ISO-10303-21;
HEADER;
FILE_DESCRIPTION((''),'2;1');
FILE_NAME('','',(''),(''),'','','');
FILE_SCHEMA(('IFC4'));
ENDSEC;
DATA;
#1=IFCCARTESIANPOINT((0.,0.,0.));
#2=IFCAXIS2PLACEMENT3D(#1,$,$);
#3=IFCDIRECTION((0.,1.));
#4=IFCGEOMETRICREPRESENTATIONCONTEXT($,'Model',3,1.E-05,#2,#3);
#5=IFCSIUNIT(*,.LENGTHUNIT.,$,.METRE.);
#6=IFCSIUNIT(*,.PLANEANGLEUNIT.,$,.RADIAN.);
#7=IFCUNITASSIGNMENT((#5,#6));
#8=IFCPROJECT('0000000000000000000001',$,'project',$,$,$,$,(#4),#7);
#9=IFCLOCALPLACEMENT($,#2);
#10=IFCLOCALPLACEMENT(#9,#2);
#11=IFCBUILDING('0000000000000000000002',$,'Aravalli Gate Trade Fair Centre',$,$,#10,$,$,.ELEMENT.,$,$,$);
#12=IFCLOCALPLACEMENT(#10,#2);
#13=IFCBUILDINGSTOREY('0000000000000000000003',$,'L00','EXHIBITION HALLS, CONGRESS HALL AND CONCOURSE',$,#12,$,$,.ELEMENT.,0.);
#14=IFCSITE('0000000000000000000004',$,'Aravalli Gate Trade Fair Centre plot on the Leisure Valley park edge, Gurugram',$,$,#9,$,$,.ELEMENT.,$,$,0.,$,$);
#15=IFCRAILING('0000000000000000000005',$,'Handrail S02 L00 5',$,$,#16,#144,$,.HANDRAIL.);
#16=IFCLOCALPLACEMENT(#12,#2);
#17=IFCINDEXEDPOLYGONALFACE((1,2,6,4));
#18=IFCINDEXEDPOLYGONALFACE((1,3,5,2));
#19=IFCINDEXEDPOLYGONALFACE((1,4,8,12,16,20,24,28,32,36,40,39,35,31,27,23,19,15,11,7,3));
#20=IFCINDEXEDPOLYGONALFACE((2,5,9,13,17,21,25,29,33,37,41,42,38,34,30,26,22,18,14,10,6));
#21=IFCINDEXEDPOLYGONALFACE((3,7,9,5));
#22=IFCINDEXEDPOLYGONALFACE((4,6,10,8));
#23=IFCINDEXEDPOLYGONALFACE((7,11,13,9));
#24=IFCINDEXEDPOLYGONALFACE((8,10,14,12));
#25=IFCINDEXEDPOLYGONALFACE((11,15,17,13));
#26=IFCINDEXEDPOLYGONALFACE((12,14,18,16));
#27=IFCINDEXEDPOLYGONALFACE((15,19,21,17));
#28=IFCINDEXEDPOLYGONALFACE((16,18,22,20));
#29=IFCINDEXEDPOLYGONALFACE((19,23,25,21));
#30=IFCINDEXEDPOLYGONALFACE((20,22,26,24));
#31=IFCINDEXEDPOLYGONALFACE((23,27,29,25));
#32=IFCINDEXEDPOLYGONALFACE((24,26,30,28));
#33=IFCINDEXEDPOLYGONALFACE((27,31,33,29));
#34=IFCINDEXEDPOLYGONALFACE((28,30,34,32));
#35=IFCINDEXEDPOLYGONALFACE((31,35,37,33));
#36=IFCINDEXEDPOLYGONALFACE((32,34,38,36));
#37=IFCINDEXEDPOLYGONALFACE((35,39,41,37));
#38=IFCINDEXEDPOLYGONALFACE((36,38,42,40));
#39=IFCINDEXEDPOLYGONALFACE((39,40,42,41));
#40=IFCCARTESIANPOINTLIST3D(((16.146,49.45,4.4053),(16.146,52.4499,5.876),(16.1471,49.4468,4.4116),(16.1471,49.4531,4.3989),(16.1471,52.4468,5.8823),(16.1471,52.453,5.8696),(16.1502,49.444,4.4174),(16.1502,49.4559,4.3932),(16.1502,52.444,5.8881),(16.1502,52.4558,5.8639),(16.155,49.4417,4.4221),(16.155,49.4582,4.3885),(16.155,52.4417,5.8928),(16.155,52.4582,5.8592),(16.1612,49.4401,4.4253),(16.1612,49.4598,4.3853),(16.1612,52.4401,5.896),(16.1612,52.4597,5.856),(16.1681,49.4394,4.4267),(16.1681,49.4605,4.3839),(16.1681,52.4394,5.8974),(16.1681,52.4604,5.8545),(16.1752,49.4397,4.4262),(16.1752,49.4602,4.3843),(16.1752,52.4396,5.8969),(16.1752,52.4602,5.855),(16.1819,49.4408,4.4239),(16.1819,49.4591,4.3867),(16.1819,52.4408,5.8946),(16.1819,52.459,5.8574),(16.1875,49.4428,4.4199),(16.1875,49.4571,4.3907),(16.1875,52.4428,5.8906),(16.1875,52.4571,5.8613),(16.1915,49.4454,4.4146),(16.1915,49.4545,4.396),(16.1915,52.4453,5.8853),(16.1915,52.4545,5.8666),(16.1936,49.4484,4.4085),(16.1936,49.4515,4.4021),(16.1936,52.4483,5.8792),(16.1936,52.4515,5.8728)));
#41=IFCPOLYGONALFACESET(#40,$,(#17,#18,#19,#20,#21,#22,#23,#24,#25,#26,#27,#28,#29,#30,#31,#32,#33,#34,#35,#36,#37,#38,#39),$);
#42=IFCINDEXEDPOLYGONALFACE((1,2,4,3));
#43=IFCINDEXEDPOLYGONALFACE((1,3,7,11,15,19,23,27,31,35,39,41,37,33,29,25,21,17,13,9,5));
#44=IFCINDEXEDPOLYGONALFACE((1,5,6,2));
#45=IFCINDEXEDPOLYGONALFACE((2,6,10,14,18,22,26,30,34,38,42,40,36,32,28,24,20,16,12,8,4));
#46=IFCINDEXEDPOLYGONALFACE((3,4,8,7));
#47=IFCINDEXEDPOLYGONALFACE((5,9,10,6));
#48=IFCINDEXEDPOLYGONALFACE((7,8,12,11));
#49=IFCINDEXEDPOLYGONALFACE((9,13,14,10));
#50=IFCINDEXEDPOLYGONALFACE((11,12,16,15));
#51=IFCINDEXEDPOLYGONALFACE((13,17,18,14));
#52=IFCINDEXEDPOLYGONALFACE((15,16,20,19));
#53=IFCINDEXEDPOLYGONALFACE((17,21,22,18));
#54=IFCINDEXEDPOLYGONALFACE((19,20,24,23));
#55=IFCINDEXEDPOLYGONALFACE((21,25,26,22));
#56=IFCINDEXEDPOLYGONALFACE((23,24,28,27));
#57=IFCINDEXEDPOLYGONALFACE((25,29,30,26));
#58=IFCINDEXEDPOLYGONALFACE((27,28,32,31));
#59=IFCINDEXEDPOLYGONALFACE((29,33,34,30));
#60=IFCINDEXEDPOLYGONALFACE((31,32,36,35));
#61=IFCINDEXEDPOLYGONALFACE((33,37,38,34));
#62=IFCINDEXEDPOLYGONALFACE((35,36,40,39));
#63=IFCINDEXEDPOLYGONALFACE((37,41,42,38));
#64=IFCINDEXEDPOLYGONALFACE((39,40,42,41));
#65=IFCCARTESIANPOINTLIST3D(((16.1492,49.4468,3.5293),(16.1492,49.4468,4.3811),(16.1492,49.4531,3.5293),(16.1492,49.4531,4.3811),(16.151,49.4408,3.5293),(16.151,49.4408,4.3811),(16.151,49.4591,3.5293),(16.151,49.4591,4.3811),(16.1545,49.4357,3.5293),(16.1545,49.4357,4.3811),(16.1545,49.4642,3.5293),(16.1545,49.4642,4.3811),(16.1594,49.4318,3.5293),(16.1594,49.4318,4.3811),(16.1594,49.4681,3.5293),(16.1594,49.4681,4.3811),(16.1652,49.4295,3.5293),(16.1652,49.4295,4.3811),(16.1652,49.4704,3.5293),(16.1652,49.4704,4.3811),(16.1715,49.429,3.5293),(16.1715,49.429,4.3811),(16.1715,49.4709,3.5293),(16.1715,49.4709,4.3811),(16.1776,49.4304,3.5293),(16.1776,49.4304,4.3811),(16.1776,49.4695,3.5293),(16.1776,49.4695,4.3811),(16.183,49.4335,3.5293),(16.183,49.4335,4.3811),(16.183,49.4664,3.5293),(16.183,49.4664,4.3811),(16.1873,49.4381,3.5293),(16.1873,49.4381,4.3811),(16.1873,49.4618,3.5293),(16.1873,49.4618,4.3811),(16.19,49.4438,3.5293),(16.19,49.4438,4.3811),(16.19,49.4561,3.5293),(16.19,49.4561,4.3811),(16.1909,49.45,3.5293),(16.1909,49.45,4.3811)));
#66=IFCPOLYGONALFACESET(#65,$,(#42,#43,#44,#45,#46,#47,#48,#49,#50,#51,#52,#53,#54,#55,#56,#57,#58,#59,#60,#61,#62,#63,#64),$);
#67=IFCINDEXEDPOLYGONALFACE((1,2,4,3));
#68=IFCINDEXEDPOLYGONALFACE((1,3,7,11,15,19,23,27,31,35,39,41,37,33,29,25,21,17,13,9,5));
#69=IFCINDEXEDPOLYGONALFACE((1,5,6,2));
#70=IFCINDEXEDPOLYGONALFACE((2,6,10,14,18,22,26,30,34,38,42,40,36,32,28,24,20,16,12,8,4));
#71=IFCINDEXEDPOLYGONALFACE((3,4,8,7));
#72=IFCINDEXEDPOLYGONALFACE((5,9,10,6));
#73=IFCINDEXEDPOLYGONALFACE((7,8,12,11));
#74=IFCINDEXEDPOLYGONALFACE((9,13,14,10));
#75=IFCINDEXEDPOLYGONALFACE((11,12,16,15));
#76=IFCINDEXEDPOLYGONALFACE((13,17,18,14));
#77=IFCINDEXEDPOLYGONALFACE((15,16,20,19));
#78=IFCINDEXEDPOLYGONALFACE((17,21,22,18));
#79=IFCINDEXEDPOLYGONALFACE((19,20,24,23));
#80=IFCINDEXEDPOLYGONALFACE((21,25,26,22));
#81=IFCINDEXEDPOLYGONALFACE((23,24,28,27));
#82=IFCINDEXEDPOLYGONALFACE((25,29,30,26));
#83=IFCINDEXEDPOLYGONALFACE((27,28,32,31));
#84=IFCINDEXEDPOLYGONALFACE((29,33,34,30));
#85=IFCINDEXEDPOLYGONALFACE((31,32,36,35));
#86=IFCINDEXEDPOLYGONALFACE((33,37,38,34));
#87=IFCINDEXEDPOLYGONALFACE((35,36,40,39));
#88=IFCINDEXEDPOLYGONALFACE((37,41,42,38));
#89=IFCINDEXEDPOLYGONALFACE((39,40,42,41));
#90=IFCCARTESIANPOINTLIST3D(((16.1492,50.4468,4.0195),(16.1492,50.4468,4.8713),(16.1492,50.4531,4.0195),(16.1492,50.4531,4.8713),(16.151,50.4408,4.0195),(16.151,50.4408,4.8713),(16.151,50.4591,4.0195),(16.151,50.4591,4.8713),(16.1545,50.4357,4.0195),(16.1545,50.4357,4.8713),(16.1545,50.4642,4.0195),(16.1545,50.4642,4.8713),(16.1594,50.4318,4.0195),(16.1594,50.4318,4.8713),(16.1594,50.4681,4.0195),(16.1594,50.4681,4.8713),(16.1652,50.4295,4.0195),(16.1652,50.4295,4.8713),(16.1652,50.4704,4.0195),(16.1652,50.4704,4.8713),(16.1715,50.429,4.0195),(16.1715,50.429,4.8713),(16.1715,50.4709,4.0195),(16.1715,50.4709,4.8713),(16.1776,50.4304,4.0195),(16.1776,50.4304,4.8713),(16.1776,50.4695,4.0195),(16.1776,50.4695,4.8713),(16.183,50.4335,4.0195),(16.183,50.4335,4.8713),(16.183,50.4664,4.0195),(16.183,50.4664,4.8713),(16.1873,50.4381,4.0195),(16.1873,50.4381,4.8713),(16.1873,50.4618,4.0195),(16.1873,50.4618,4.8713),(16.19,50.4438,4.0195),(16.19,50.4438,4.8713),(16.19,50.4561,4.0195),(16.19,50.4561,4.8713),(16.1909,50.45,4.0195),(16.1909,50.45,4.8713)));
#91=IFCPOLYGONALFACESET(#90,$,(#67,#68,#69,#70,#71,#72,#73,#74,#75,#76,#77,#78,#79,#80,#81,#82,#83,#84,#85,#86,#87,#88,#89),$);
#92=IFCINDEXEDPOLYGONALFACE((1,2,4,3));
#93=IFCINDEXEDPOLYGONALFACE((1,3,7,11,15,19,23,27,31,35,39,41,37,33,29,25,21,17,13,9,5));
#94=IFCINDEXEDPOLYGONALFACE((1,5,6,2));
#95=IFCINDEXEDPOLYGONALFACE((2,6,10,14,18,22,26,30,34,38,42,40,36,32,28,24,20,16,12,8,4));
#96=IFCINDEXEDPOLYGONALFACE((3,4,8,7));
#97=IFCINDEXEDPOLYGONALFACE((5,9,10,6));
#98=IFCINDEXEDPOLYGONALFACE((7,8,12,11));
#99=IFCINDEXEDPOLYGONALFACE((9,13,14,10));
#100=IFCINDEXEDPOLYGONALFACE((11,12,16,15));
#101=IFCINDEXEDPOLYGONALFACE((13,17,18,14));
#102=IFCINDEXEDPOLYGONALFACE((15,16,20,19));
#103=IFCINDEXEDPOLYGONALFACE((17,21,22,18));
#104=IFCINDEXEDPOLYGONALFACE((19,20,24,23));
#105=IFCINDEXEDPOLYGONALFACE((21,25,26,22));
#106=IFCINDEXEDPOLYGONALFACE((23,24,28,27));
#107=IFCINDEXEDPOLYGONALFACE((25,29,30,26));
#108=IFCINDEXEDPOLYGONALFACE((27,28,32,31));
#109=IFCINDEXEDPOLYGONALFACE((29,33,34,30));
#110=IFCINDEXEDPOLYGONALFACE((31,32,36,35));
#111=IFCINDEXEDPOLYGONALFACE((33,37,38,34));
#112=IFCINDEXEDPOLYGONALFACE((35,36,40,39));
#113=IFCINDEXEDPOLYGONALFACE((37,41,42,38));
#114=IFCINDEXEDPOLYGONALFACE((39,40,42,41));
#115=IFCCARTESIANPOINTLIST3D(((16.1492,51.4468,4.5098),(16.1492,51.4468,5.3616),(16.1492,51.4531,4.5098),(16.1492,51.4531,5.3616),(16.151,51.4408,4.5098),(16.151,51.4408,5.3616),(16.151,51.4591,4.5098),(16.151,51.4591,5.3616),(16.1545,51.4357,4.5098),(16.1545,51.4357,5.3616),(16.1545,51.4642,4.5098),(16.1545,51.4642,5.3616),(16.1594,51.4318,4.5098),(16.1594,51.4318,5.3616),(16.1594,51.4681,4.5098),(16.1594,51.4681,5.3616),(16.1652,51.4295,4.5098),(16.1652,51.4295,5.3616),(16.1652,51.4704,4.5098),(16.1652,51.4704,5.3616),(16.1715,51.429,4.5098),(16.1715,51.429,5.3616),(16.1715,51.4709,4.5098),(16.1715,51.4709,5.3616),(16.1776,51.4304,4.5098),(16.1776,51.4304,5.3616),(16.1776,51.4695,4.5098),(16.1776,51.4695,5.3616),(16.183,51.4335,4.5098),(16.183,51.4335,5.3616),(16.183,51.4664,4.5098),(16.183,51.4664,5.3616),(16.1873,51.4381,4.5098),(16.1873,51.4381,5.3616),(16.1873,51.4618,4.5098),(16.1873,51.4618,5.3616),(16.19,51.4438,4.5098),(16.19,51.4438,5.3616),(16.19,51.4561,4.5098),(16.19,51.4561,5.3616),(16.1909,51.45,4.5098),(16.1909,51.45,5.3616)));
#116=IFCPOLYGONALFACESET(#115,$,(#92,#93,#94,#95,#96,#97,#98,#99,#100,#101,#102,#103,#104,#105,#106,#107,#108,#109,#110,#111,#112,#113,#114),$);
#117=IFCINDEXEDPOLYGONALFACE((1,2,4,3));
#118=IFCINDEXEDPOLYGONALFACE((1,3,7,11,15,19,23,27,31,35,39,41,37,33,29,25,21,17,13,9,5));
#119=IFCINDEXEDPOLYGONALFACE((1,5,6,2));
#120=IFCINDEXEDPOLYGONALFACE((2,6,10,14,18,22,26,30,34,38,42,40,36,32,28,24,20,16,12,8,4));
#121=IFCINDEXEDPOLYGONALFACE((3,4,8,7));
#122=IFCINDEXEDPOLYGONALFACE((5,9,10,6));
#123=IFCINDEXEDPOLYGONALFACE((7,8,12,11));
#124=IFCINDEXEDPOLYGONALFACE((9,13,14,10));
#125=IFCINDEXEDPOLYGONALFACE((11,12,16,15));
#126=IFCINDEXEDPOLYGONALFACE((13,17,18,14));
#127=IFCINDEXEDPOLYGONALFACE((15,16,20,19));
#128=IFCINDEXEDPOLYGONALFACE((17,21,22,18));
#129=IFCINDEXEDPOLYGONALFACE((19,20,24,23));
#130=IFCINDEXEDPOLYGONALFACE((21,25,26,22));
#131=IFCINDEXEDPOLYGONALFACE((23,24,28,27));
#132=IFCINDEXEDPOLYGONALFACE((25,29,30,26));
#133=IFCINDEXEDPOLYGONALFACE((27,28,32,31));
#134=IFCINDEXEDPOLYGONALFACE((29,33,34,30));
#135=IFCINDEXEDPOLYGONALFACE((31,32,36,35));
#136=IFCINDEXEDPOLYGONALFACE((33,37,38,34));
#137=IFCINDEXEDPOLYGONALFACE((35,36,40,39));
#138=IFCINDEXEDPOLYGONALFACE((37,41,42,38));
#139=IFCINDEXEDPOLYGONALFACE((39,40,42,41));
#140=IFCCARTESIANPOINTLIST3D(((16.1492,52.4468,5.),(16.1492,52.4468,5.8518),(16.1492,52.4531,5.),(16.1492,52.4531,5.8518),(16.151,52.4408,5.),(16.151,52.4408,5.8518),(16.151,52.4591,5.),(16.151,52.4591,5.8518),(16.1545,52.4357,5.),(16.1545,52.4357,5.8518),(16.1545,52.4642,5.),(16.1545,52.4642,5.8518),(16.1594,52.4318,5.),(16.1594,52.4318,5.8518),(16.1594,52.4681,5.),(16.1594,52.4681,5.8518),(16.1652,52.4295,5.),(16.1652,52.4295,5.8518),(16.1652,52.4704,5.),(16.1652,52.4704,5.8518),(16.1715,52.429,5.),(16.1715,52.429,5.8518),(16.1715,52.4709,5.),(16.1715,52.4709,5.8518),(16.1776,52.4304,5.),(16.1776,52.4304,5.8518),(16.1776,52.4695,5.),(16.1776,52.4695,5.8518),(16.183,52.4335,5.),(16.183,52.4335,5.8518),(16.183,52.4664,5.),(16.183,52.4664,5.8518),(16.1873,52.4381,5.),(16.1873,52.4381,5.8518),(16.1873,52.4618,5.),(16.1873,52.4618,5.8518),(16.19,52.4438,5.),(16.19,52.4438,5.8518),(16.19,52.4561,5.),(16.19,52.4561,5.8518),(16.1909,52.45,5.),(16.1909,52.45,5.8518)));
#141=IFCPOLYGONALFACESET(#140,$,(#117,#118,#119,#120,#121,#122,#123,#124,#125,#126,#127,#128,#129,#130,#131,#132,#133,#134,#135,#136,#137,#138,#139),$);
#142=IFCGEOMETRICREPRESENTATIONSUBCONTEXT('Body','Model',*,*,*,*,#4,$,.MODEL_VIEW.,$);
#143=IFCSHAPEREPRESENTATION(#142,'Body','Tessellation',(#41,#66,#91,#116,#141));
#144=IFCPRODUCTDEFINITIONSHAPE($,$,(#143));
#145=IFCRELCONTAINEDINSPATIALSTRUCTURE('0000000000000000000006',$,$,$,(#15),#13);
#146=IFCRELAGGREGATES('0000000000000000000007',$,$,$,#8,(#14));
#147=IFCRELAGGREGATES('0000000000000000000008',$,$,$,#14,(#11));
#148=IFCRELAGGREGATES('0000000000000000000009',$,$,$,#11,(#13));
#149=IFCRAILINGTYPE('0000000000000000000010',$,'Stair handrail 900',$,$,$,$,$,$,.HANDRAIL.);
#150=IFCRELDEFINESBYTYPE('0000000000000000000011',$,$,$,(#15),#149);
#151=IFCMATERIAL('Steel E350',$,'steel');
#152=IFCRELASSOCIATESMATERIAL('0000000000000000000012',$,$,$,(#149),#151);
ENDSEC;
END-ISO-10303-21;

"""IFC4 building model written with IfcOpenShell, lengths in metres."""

from ifc_helpers import new_model, si_unit, direction, frame, origin, origin_2d, place, context, subcontext, project, spatial, circle, extrude, material, type_object, element, save


model = new_model("IFC4")

# Units and contexts
model_context = context("Model", 3, precision=1e-05, world=origin(), true_north=direction((0.0, 1.0)))
body_context = subcontext(model_context, "Body", "Model", "MODEL_VIEW")
ifc_project = project(units=[si_unit("LENGTHUNIT", "METRE"), si_unit("PLANEANGLEUNIT", "RADIAN")], contexts=[model_context])

# Site, building, storey
site_placement = place(None, origin())
site = spatial("IfcSite", under=ifc_project, at=site_placement, Name="Aravalli Gate Trade Fair Centre plot on the Leisure Valley park edge, Gurugram", CompositionType="ELEMENT", RefElevation=0.0)
building_placement = place(site_placement, origin())
building = spatial("IfcBuilding", under=site, at=building_placement, Name="Aravalli Gate Trade Fair Centre", CompositionType="ELEMENT")
storey_placement = place(building_placement, origin())
storey = spatial("IfcBuildingStorey", under=building, at=storey_placement, Name="L00", Description="EXHIBITION HALLS, CONGRESS HALL AND CONCOURSE", CompositionType="ELEMENT", Elevation=0.0)

# Railing
ifc_material_1 = material(Name="Steel E350", Category="steel")
railing_type = type_object("IfcRailingType", Name="Stair handrail 900", PredefinedType="HANDRAIL", material=ifc_material_1)
for number, where, name in (
    (1, (16.1699, 49.45, 3.5293), "Handrail S02 L00 5"),
):
    element("IfcRailing", number, at=place(storey_placement, frame(where)), inside=storey, type_object=railing_type, Name=name, PredefinedType="HANDRAIL", context=body_context, shape_type="SweptSolid", body=[
        extrude(circle(Radius=0.0239, at=origin_2d()), frame((0.0, 0.0, 0.876), z_axis=(0.0, 0.897907, 0.440185), x_axis=(-1.0, 0.0, 0.0)), (0.0, 0.0, 1.0), 3.3411),
        extrude(circle(Radius=0.021, at=origin_2d()), origin(), (0.0, 0.0, 1.0), 0.8518),
        extrude(circle(Radius=0.021, at=origin_2d()), frame((0.0, 1.0, 0.4902)), (0.0, 0.0, 1.0), 0.8518),
        extrude(circle(Radius=0.021, at=origin_2d()), frame((0.0, 2.0, 0.9805)), (0.0, 0.0, 1.0), 0.8518),
        extrude(circle(Radius=0.021, at=origin_2d()), frame((0.0, 3.0, 1.4707)), (0.0, 0.0, 1.0), 0.8518),
    ])

save(model, "model.ifc")
